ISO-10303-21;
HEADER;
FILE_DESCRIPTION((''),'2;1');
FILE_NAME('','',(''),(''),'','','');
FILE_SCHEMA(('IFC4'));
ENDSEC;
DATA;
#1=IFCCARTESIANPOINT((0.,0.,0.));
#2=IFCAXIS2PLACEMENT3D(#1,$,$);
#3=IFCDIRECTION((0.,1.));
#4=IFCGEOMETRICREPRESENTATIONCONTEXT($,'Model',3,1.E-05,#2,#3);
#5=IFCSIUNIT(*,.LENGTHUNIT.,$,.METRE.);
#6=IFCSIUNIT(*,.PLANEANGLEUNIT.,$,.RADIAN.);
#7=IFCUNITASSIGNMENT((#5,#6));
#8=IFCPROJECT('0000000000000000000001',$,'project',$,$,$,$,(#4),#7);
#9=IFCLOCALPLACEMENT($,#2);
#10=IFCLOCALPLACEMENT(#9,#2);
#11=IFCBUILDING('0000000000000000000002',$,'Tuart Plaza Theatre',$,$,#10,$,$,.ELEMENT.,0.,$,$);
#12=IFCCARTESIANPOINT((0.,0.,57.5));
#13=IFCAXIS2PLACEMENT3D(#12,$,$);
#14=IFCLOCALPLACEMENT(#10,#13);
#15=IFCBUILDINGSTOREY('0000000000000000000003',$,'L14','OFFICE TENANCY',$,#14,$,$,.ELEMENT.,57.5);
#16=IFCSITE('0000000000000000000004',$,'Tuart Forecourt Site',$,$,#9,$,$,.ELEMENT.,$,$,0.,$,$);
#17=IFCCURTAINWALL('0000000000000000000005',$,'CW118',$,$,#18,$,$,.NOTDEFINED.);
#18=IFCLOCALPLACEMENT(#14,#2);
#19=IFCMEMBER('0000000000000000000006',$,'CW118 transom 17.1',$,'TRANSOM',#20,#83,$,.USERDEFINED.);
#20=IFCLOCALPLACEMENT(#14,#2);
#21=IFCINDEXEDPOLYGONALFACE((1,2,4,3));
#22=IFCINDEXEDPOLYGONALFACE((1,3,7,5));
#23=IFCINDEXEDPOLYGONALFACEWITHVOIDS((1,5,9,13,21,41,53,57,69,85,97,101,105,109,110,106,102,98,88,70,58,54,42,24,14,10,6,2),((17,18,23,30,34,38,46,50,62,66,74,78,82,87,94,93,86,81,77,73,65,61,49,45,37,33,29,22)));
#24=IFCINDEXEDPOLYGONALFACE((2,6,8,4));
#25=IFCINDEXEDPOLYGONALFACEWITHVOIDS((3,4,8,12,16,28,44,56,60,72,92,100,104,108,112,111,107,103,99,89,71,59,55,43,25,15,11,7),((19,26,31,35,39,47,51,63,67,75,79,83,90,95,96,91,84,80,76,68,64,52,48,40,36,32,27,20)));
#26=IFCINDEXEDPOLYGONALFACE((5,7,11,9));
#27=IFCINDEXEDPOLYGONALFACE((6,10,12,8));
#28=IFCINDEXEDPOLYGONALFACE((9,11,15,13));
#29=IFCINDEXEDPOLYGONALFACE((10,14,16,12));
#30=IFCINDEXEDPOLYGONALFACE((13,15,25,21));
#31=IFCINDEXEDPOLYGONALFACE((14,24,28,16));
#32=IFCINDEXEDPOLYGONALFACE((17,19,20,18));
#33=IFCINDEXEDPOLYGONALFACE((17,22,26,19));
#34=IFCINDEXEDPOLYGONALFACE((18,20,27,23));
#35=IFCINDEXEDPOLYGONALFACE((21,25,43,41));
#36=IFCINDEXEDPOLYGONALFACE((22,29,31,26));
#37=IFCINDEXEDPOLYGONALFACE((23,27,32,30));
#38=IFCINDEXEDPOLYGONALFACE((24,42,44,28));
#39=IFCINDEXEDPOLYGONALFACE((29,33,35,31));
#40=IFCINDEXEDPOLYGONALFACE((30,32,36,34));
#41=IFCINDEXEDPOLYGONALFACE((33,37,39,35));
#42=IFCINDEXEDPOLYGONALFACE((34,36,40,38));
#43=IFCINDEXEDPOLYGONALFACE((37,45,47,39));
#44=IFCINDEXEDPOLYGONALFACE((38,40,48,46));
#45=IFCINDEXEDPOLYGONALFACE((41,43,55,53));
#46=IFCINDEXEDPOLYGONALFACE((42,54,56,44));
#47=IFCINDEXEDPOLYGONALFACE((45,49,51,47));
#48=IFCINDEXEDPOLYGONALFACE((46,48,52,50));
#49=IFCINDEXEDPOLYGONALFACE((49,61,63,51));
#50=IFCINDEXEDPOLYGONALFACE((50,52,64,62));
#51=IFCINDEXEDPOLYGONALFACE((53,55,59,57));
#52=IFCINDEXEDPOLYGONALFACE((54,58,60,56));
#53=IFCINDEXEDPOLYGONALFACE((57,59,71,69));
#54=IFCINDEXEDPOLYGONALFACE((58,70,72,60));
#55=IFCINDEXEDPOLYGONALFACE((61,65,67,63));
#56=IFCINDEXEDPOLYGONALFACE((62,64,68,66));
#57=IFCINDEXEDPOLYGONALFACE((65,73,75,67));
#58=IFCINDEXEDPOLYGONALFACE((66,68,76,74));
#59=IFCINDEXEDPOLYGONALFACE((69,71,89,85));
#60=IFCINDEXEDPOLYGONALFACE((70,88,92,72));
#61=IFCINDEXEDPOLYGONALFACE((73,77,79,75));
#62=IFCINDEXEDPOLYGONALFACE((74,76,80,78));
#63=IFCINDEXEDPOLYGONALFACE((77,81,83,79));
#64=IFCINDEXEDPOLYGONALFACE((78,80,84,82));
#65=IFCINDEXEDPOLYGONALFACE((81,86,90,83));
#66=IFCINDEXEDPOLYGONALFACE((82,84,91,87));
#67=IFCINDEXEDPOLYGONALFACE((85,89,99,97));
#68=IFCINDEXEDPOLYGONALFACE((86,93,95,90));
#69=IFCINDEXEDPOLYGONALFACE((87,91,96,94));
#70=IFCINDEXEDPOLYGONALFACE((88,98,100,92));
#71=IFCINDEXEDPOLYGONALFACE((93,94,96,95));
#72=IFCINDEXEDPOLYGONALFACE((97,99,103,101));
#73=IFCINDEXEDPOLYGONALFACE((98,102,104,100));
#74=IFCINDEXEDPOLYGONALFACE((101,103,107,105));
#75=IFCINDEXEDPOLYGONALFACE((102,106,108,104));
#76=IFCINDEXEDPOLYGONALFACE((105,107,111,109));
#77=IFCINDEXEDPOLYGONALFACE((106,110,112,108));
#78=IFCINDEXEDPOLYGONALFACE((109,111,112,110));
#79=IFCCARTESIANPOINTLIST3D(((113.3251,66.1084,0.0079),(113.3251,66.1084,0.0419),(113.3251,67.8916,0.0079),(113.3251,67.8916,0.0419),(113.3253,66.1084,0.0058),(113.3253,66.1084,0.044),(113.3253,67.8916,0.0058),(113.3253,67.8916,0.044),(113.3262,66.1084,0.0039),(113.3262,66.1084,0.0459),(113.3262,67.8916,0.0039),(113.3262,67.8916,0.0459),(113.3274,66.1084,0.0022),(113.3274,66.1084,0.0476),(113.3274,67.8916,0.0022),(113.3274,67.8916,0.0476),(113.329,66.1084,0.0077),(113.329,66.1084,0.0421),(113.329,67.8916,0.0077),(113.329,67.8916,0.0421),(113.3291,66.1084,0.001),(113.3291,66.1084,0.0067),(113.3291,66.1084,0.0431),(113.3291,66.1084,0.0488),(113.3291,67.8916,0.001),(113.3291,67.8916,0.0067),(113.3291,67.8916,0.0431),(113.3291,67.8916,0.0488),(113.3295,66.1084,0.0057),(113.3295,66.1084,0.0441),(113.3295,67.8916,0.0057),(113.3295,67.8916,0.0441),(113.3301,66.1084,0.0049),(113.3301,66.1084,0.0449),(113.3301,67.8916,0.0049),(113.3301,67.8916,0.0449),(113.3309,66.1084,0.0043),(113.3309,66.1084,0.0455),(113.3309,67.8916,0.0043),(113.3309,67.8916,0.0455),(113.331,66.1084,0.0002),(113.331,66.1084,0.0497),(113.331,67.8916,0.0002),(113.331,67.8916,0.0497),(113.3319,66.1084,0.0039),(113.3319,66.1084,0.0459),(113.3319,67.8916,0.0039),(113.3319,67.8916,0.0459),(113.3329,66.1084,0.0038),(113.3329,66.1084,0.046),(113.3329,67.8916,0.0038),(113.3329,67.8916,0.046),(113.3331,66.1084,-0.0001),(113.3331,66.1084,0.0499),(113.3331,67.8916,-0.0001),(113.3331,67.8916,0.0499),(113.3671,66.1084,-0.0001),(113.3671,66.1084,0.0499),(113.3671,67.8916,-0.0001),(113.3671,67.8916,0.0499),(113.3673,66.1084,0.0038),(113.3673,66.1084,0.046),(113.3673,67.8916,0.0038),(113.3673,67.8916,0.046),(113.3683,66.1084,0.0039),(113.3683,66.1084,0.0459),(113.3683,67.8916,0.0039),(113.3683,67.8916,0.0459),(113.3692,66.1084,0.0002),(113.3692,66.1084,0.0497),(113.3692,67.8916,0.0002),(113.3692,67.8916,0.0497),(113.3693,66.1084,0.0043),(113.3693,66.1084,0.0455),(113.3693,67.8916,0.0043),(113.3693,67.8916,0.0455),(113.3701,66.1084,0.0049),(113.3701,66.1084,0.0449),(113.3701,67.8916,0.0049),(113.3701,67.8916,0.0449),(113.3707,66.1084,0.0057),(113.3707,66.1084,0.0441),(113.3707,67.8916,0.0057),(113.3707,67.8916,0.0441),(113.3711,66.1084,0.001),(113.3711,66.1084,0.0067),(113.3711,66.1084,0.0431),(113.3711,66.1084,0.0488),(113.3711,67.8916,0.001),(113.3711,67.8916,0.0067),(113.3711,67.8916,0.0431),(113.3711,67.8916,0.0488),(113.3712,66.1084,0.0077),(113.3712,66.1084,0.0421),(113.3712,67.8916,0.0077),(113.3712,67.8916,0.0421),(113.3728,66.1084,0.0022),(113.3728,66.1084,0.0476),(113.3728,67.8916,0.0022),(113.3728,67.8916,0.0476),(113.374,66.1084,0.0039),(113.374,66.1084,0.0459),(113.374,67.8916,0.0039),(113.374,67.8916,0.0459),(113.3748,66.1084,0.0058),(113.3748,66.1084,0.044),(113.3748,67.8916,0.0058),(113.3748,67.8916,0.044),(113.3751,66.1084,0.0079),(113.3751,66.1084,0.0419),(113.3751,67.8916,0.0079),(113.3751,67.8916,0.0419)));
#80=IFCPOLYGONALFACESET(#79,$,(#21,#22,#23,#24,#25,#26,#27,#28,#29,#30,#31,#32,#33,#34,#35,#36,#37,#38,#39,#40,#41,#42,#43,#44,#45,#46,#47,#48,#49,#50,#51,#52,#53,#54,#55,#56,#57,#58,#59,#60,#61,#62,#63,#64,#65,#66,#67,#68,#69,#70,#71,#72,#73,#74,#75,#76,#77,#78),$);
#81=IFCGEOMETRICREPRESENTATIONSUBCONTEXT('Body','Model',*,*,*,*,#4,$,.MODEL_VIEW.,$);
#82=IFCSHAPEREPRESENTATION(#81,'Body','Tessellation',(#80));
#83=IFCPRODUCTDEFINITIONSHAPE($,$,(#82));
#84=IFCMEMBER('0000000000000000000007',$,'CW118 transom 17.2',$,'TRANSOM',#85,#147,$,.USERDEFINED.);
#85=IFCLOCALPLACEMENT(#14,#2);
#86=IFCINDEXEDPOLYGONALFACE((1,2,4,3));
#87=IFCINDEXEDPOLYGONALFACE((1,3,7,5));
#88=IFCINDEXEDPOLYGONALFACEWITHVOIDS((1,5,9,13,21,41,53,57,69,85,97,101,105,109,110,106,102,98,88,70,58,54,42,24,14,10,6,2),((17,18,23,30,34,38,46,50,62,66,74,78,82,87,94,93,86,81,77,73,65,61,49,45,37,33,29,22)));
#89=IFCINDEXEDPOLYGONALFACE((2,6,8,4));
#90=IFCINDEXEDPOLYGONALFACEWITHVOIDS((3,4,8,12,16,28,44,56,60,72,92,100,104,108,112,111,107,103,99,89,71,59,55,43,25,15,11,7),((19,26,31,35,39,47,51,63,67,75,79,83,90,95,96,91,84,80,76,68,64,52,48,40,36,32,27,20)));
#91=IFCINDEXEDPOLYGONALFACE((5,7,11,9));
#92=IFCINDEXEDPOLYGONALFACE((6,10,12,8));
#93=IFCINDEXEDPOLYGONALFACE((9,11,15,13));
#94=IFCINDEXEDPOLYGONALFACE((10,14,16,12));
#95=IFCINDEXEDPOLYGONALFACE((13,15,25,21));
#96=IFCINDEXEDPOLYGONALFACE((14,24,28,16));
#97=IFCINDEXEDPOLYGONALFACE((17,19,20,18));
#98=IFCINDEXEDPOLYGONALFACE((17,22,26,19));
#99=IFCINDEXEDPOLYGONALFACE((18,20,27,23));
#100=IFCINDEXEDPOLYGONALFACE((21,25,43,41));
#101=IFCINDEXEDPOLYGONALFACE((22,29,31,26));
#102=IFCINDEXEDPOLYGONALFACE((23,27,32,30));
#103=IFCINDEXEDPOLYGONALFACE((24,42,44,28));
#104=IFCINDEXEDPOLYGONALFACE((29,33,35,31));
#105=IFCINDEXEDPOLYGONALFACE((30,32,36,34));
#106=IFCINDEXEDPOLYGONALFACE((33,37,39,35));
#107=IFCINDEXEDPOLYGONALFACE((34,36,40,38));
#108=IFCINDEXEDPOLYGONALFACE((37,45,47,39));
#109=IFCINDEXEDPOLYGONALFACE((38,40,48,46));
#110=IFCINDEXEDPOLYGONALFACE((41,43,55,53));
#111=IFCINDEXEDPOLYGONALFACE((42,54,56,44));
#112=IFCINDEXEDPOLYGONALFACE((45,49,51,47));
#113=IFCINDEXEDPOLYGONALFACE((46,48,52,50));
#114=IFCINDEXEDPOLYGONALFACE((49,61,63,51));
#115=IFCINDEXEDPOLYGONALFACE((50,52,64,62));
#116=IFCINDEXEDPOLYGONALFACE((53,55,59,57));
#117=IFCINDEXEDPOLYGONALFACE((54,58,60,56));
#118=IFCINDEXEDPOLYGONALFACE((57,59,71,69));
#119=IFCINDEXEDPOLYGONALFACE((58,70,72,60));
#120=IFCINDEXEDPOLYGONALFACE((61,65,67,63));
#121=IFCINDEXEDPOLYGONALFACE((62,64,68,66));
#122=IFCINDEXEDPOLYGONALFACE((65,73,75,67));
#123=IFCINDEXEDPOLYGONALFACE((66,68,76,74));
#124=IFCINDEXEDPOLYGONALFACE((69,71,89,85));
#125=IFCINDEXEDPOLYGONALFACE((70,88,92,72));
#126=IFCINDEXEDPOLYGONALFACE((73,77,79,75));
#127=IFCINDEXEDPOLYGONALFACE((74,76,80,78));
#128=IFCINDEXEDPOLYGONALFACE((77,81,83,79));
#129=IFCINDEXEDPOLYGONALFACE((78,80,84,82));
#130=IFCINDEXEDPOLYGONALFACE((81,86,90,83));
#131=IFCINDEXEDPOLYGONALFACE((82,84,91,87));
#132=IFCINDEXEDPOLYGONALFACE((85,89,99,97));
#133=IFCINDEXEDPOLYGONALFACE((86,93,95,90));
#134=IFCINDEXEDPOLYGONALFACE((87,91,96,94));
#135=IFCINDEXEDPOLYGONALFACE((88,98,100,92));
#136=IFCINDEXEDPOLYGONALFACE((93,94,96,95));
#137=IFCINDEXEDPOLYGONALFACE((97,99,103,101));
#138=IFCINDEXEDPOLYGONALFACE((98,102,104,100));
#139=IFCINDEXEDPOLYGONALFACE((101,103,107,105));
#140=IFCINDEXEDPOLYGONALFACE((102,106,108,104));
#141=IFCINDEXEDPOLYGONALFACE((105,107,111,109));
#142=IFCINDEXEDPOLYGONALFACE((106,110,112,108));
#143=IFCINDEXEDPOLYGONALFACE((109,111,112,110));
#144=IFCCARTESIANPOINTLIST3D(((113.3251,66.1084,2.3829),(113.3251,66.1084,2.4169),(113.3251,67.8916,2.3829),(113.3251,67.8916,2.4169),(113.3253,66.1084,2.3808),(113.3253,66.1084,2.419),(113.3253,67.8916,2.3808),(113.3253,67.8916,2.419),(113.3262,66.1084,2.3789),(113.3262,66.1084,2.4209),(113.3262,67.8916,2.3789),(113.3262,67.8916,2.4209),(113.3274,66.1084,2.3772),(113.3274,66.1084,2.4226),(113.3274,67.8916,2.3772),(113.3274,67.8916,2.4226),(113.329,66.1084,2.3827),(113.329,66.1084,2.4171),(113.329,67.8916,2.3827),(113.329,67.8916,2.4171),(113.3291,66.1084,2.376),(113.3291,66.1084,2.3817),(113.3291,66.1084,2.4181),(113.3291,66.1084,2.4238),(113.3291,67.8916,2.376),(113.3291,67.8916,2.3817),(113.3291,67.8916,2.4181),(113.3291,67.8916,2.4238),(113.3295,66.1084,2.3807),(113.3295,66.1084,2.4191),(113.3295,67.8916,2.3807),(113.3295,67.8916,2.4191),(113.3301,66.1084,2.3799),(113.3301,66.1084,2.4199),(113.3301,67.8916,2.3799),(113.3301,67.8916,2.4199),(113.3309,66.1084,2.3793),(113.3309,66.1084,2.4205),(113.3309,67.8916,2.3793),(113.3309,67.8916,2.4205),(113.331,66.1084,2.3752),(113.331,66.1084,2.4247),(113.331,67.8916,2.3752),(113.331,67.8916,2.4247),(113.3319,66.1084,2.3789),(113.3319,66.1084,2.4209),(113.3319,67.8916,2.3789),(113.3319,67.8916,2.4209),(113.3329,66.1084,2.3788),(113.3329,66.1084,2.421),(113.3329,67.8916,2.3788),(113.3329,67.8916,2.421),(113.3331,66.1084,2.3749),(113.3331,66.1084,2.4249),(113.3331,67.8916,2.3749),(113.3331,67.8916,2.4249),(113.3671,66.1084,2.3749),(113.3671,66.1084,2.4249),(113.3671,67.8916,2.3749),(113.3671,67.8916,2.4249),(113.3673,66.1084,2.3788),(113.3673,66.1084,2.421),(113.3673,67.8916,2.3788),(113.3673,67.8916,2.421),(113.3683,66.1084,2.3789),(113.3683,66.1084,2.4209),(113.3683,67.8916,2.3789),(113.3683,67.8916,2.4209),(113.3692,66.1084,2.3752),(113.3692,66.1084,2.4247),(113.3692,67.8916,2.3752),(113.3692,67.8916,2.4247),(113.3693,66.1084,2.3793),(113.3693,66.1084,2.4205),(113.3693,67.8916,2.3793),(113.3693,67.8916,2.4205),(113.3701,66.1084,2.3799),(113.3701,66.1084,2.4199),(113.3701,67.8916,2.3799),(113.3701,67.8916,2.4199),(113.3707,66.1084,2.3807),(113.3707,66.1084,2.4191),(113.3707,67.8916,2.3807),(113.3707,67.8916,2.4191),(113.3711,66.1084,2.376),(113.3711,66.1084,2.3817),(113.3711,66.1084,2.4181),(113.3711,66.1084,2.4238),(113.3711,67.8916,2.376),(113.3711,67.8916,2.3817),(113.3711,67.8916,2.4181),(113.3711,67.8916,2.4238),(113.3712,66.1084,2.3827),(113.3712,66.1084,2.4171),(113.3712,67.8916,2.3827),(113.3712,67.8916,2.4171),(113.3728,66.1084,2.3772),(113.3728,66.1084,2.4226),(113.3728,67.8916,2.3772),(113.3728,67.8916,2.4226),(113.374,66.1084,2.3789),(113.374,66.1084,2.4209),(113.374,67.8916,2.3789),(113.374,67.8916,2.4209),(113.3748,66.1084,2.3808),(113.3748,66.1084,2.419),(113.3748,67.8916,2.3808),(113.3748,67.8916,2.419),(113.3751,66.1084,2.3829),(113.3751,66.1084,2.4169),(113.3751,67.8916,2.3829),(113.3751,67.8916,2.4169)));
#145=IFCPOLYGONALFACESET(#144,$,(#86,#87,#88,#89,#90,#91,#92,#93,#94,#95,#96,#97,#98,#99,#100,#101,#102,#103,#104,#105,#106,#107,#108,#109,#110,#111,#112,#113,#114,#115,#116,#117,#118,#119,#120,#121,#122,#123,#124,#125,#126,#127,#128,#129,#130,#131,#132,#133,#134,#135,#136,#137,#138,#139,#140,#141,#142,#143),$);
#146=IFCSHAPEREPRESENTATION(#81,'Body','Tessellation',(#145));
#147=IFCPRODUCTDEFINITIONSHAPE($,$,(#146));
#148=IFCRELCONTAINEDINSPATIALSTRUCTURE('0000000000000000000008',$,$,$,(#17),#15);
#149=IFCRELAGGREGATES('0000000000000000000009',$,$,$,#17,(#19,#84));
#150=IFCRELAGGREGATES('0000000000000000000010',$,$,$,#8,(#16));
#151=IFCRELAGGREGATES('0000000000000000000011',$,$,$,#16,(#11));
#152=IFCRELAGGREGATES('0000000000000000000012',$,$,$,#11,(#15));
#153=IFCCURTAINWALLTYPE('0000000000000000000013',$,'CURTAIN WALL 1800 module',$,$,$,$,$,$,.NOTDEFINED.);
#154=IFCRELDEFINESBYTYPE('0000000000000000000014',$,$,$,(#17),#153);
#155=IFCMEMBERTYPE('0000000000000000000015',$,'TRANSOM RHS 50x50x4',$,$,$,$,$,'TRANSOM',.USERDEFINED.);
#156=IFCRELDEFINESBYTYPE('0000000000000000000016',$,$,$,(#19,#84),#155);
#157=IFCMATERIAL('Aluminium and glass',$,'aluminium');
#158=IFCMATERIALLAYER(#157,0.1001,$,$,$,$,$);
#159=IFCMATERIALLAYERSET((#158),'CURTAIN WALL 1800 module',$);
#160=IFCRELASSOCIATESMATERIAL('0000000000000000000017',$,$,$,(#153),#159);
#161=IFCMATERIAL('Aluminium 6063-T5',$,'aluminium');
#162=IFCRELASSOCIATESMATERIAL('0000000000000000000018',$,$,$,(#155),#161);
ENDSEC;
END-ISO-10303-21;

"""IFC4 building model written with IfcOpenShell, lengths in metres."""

from ifc_helpers import new_model, si_unit, direction, frame, origin, origin_2d, place, context, subcontext, project, spatial, hollow_rectangle, extrude, material, layer, layer_set, material_profile, profile_set, type_object, element, aggregate, save


model = new_model("IFC4")

# Units and contexts
model_context = context("Model", 3, precision=1e-05, world=origin(), true_north=direction((0.0, 1.0)))
body_context = subcontext(model_context, "Body", "Model", "MODEL_VIEW")
ifc_project = project(units=[si_unit("LENGTHUNIT", "METRE"), si_unit("PLANEANGLEUNIT", "RADIAN")], contexts=[model_context])

# Site, building, storey
site_placement = place(None, origin())
site = spatial("IfcSite", under=ifc_project, at=site_placement, Name="Tuart Forecourt Site", CompositionType="ELEMENT", RefElevation=0.0)
building_placement = place(site_placement, origin())
building = spatial("IfcBuilding", under=site, at=building_placement, Name="Tuart Plaza Theatre", CompositionType="ELEMENT", ElevationOfRefHeight=0.0)
storey_placement = place(building_placement, frame((0.0, 0.0, 57.5)))
storey = spatial("IfcBuildingStorey", under=building, at=storey_placement, Name="L14", Description="OFFICE TENANCY", CompositionType="ELEMENT", Elevation=57.5)

# Curtain wall, members
ifc_material_1 = material(Name="Aluminium and glass", Category="aluminium")
ifc_layer_1 = layer(ifc_material_1, 0.1001)
ifc_layer_set_1 = layer_set([ifc_layer_1], Name="CURTAIN WALL 1800 module")
curtain_wall_type = type_object("IfcCurtainWallType", Name="CURTAIN WALL 1800 module", PredefinedType="NOTDEFINED", material=ifc_layer_set_1)
curtain_wall_placement = place(storey_placement, origin())
curtain_wall = element("IfcCurtainWall", 1, at=curtain_wall_placement, inside=storey, type_object=curtain_wall_type, Name="CW118", PredefinedType="NOTDEFINED")
ifc_material_2 = material(Name="Aluminium 6063-T5", Category="aluminium")
ifc_material_profile = material_profile(ifc_material_2, hollow_rectangle(XDim=0.05, YDim=0.05, WallThickness=0.0039, InnerFilletRadius=0.0039, OuterFilletRadius=0.0081, at=origin_2d()), Name="RHS 50x50x4")
ifc_profile_set = profile_set([ifc_material_profile], Name="Aluminium 6063-T5")
member_type = type_object("IfcMemberType", Name="TRANSOM RHS 50x50x4", ElementType="TRANSOM", PredefinedType="USERDEFINED", material=ifc_profile_set)
member_1_placement = place(storey_placement, frame((113.3501, 67.8916, 0.0249), z_axis=(0.0, -1.0, 0.0), x_axis=(1.0, 0.0, 0.0)))
member_1 = element("IfcMember", 2, at=member_1_placement, type_object=member_type, Name="CW118 transom 17.1", ObjectType="TRANSOM", PredefinedType="USERDEFINED", context=body_context, shape_type="SweptSolid", body=[
    extrude(hollow_rectangle(XDim=0.05, YDim=0.05, WallThickness=0.0039, InnerFilletRadius=0.0039, OuterFilletRadius=0.0081, at=origin_2d()), origin(), (0.0, 0.0, 1.0), 1.7832),
])
member_2_placement = place(storey_placement, frame((113.3501, 67.8916, 2.3999), z_axis=(0.0, -1.0, 0.0), x_axis=(1.0, 0.0, 0.0)))
member_2 = element("IfcMember", 3, at=member_2_placement, type_object=member_type, Name="CW118 transom 17.2", ObjectType="TRANSOM", PredefinedType="USERDEFINED", context=body_context, shape_type="SweptSolid", body=[
    extrude(hollow_rectangle(XDim=0.05, YDim=0.05, WallThickness=0.0039, InnerFilletRadius=0.0039, OuterFilletRadius=0.0081, at=origin_2d()), origin(), (0.0, 0.0, 1.0), 1.7832),
])
aggregate(curtain_wall, [member_1, member_2])

save(model, "model.ifc")
